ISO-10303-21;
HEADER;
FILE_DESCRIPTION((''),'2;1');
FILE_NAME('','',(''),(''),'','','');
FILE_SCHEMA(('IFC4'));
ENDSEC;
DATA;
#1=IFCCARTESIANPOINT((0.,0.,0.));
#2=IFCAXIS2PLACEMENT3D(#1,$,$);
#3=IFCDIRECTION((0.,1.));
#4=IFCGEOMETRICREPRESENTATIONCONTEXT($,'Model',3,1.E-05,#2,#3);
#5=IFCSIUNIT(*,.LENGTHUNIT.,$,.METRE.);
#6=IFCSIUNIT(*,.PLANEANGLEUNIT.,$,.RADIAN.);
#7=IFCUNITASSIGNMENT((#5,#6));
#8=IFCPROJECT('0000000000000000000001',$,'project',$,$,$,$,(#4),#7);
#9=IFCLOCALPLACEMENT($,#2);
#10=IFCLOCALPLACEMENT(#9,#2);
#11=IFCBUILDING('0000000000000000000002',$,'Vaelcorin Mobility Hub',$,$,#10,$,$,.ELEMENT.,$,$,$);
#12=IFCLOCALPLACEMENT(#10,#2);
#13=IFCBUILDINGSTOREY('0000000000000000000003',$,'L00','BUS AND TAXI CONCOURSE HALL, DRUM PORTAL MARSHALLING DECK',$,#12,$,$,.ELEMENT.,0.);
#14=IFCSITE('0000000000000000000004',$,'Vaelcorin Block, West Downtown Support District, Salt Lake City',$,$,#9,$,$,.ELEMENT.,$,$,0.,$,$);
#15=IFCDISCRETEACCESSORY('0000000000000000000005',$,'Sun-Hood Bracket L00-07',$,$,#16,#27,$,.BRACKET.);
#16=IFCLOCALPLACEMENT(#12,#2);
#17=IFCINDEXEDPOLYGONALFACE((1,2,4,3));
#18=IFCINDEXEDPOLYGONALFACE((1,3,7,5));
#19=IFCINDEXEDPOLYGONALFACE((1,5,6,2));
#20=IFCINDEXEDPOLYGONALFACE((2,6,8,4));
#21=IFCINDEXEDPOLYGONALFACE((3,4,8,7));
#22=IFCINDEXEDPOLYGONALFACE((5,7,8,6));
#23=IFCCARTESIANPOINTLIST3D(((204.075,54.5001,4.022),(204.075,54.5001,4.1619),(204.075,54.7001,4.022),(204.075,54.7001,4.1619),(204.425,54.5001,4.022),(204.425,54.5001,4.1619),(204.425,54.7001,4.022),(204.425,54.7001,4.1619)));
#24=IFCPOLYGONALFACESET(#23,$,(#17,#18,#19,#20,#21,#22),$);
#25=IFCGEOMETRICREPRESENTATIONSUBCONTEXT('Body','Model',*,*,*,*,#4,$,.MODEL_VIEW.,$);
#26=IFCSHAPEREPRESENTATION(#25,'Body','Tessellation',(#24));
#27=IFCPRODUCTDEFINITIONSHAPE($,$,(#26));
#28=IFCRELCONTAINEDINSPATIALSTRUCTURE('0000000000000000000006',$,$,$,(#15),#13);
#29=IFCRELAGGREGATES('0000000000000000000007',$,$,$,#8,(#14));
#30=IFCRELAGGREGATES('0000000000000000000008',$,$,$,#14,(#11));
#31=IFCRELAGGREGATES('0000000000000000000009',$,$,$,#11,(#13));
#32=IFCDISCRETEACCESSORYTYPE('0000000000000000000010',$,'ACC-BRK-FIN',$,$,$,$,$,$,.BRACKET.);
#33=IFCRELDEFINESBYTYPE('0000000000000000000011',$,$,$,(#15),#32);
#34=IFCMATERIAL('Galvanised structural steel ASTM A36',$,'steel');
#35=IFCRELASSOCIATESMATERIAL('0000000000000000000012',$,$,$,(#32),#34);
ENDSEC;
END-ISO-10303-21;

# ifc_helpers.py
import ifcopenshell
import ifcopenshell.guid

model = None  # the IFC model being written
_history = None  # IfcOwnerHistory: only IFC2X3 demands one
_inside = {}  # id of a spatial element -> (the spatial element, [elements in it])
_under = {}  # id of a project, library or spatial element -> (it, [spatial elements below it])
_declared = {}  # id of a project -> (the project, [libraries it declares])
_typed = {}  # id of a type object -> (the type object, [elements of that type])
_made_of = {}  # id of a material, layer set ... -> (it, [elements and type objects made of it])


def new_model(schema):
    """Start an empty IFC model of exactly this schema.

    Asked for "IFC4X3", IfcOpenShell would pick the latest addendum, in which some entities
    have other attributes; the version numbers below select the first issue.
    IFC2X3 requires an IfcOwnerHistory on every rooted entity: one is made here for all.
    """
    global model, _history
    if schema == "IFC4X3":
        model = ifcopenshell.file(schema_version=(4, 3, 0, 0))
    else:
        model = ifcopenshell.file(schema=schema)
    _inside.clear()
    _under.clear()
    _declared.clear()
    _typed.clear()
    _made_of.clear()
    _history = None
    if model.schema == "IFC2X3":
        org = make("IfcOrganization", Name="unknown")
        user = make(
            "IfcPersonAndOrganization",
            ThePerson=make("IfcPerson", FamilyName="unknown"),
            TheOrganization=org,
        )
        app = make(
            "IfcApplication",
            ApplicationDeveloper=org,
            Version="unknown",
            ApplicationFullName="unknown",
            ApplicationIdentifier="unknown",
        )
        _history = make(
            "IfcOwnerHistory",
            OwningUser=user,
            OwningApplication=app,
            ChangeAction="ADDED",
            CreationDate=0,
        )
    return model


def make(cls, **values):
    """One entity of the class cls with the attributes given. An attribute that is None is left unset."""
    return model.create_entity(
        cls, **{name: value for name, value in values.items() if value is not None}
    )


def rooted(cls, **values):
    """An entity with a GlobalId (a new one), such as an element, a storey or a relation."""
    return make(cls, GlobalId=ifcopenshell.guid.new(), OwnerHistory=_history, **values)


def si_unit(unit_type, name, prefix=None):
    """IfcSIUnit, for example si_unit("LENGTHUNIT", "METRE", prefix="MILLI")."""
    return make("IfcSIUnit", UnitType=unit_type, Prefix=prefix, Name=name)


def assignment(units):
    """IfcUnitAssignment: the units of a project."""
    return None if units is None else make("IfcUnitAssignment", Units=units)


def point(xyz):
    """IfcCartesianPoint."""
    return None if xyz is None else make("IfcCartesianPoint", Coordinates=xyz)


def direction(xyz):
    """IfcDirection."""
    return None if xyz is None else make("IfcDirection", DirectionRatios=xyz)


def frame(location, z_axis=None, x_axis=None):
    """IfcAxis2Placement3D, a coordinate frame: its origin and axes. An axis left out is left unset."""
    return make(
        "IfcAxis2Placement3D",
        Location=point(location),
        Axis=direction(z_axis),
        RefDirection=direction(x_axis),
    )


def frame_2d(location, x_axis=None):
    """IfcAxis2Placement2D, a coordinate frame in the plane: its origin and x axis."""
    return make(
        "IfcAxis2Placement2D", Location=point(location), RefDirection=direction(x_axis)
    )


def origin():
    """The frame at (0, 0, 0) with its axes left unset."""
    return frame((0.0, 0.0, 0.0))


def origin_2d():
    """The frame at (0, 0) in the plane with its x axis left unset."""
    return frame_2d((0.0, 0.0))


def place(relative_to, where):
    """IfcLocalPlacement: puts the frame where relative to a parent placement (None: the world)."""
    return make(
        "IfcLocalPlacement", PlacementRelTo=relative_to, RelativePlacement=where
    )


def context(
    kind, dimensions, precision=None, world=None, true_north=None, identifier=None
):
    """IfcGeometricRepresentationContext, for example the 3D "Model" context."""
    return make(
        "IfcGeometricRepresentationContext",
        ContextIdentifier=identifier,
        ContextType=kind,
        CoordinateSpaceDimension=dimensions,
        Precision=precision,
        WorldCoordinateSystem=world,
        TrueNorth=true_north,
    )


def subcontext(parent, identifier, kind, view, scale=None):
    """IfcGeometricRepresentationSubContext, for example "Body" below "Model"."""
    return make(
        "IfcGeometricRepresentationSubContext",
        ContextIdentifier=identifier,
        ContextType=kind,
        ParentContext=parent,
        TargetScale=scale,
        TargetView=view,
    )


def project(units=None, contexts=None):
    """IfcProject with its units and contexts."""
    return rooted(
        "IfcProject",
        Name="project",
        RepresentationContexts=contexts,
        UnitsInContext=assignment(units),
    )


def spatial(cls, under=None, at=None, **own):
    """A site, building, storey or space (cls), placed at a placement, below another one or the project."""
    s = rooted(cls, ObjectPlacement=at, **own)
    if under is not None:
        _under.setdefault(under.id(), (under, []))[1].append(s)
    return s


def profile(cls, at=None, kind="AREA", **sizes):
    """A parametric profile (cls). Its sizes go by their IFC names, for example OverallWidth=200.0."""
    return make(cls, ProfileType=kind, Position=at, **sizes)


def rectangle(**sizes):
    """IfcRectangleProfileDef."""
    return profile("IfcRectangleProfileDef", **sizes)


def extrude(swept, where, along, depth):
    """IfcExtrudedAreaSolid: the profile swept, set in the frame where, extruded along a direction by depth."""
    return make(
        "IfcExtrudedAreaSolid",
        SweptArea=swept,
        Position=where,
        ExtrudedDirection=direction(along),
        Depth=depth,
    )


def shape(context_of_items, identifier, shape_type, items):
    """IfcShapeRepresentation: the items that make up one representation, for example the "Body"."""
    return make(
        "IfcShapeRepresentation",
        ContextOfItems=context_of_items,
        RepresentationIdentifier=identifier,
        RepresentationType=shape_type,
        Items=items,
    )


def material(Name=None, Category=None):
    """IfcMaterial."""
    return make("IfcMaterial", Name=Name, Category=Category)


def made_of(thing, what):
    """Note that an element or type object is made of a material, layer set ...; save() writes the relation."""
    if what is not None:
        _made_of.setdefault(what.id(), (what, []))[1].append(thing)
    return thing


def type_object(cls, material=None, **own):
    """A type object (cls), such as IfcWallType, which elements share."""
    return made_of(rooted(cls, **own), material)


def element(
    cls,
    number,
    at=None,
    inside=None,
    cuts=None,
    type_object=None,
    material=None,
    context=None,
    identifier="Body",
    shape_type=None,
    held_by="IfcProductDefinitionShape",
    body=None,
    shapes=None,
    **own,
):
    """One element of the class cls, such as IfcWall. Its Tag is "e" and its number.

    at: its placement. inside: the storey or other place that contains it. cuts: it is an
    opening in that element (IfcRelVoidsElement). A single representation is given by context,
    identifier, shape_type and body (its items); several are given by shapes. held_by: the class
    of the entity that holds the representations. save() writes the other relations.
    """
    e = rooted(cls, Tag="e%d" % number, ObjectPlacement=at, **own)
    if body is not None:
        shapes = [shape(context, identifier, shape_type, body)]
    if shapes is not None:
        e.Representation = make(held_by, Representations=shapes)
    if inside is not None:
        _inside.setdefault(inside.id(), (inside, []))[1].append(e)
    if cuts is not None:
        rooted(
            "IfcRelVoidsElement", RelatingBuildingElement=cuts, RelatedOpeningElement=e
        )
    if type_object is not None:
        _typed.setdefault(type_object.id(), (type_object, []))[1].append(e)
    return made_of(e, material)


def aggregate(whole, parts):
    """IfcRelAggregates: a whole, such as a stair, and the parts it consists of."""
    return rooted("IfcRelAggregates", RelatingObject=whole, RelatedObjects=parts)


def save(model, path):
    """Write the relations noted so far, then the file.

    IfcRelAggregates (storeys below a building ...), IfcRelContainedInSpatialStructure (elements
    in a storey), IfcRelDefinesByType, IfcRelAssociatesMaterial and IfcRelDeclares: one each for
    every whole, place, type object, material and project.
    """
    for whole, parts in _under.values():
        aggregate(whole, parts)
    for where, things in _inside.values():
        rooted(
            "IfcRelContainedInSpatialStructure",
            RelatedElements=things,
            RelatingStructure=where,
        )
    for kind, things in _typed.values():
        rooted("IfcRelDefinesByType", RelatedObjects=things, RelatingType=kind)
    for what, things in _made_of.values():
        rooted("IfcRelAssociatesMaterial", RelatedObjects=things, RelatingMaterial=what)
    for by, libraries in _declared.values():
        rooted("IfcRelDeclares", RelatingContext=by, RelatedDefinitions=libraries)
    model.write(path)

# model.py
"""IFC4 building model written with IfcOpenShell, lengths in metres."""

from ifc_helpers import new_model, si_unit, direction, frame, origin, origin_2d, place, context, subcontext, project, spatial, rectangle, extrude, material, type_object, element, save


model = new_model("IFC4")

# Units and contexts
model_context = context("Model", 3, precision=1e-05, world=origin(), true_north=direction((0.0, 1.0)))
body_context = subcontext(model_context, "Body", "Model", "MODEL_VIEW")
ifc_project = project(units=[si_unit("LENGTHUNIT", "METRE"), si_unit("PLANEANGLEUNIT", "RADIAN")], contexts=[model_context])

# Site, building, storey
site_placement = place(None, origin())
site = spatial("IfcSite", under=ifc_project, at=site_placement, Name="Vaelcorin Block, West Downtown Support District, Salt Lake City", CompositionType="ELEMENT", RefElevation=0.0)
building_placement = place(site_placement, origin())
building = spatial("IfcBuilding", under=site, at=building_placement, Name="Vaelcorin Mobility Hub", CompositionType="ELEMENT")
storey_placement = place(building_placement, origin())
storey = spatial("IfcBuildingStorey", under=building, at=storey_placement, Name="L00", Description="BUS AND TAXI CONCOURSE HALL, DRUM PORTAL MARSHALLING DECK", CompositionType="ELEMENT", Elevation=0.0)

# Discrete accessory
ifc_material_1 = material(Name="Galvanised structural steel ASTM A36", Category="steel")
discrete_accessory_type = type_object("IfcDiscreteAccessoryType", Name="ACC-BRK-FIN", PredefinedType="BRACKET", material=ifc_material_1)
discrete_accessory_placement = place(storey_placement, frame((204.25, 54.6001, 4.022), z_axis=(0.0, 0.0, 1.0), x_axis=(1.0, 0.0, 0.0)))
element("IfcDiscreteAccessory", 1, at=discrete_accessory_placement, inside=storey, type_object=discrete_accessory_type, Name="Sun-Hood Bracket L00-07", PredefinedType="BRACKET", context=body_context, shape_type="SweptSolid", body=[
    extrude(rectangle(XDim=0.3501, YDim=0.2, at=origin_2d()), origin(), (0.0, 0.0, 1.0), 0.1399),
])

save(model, "model.ifc")
